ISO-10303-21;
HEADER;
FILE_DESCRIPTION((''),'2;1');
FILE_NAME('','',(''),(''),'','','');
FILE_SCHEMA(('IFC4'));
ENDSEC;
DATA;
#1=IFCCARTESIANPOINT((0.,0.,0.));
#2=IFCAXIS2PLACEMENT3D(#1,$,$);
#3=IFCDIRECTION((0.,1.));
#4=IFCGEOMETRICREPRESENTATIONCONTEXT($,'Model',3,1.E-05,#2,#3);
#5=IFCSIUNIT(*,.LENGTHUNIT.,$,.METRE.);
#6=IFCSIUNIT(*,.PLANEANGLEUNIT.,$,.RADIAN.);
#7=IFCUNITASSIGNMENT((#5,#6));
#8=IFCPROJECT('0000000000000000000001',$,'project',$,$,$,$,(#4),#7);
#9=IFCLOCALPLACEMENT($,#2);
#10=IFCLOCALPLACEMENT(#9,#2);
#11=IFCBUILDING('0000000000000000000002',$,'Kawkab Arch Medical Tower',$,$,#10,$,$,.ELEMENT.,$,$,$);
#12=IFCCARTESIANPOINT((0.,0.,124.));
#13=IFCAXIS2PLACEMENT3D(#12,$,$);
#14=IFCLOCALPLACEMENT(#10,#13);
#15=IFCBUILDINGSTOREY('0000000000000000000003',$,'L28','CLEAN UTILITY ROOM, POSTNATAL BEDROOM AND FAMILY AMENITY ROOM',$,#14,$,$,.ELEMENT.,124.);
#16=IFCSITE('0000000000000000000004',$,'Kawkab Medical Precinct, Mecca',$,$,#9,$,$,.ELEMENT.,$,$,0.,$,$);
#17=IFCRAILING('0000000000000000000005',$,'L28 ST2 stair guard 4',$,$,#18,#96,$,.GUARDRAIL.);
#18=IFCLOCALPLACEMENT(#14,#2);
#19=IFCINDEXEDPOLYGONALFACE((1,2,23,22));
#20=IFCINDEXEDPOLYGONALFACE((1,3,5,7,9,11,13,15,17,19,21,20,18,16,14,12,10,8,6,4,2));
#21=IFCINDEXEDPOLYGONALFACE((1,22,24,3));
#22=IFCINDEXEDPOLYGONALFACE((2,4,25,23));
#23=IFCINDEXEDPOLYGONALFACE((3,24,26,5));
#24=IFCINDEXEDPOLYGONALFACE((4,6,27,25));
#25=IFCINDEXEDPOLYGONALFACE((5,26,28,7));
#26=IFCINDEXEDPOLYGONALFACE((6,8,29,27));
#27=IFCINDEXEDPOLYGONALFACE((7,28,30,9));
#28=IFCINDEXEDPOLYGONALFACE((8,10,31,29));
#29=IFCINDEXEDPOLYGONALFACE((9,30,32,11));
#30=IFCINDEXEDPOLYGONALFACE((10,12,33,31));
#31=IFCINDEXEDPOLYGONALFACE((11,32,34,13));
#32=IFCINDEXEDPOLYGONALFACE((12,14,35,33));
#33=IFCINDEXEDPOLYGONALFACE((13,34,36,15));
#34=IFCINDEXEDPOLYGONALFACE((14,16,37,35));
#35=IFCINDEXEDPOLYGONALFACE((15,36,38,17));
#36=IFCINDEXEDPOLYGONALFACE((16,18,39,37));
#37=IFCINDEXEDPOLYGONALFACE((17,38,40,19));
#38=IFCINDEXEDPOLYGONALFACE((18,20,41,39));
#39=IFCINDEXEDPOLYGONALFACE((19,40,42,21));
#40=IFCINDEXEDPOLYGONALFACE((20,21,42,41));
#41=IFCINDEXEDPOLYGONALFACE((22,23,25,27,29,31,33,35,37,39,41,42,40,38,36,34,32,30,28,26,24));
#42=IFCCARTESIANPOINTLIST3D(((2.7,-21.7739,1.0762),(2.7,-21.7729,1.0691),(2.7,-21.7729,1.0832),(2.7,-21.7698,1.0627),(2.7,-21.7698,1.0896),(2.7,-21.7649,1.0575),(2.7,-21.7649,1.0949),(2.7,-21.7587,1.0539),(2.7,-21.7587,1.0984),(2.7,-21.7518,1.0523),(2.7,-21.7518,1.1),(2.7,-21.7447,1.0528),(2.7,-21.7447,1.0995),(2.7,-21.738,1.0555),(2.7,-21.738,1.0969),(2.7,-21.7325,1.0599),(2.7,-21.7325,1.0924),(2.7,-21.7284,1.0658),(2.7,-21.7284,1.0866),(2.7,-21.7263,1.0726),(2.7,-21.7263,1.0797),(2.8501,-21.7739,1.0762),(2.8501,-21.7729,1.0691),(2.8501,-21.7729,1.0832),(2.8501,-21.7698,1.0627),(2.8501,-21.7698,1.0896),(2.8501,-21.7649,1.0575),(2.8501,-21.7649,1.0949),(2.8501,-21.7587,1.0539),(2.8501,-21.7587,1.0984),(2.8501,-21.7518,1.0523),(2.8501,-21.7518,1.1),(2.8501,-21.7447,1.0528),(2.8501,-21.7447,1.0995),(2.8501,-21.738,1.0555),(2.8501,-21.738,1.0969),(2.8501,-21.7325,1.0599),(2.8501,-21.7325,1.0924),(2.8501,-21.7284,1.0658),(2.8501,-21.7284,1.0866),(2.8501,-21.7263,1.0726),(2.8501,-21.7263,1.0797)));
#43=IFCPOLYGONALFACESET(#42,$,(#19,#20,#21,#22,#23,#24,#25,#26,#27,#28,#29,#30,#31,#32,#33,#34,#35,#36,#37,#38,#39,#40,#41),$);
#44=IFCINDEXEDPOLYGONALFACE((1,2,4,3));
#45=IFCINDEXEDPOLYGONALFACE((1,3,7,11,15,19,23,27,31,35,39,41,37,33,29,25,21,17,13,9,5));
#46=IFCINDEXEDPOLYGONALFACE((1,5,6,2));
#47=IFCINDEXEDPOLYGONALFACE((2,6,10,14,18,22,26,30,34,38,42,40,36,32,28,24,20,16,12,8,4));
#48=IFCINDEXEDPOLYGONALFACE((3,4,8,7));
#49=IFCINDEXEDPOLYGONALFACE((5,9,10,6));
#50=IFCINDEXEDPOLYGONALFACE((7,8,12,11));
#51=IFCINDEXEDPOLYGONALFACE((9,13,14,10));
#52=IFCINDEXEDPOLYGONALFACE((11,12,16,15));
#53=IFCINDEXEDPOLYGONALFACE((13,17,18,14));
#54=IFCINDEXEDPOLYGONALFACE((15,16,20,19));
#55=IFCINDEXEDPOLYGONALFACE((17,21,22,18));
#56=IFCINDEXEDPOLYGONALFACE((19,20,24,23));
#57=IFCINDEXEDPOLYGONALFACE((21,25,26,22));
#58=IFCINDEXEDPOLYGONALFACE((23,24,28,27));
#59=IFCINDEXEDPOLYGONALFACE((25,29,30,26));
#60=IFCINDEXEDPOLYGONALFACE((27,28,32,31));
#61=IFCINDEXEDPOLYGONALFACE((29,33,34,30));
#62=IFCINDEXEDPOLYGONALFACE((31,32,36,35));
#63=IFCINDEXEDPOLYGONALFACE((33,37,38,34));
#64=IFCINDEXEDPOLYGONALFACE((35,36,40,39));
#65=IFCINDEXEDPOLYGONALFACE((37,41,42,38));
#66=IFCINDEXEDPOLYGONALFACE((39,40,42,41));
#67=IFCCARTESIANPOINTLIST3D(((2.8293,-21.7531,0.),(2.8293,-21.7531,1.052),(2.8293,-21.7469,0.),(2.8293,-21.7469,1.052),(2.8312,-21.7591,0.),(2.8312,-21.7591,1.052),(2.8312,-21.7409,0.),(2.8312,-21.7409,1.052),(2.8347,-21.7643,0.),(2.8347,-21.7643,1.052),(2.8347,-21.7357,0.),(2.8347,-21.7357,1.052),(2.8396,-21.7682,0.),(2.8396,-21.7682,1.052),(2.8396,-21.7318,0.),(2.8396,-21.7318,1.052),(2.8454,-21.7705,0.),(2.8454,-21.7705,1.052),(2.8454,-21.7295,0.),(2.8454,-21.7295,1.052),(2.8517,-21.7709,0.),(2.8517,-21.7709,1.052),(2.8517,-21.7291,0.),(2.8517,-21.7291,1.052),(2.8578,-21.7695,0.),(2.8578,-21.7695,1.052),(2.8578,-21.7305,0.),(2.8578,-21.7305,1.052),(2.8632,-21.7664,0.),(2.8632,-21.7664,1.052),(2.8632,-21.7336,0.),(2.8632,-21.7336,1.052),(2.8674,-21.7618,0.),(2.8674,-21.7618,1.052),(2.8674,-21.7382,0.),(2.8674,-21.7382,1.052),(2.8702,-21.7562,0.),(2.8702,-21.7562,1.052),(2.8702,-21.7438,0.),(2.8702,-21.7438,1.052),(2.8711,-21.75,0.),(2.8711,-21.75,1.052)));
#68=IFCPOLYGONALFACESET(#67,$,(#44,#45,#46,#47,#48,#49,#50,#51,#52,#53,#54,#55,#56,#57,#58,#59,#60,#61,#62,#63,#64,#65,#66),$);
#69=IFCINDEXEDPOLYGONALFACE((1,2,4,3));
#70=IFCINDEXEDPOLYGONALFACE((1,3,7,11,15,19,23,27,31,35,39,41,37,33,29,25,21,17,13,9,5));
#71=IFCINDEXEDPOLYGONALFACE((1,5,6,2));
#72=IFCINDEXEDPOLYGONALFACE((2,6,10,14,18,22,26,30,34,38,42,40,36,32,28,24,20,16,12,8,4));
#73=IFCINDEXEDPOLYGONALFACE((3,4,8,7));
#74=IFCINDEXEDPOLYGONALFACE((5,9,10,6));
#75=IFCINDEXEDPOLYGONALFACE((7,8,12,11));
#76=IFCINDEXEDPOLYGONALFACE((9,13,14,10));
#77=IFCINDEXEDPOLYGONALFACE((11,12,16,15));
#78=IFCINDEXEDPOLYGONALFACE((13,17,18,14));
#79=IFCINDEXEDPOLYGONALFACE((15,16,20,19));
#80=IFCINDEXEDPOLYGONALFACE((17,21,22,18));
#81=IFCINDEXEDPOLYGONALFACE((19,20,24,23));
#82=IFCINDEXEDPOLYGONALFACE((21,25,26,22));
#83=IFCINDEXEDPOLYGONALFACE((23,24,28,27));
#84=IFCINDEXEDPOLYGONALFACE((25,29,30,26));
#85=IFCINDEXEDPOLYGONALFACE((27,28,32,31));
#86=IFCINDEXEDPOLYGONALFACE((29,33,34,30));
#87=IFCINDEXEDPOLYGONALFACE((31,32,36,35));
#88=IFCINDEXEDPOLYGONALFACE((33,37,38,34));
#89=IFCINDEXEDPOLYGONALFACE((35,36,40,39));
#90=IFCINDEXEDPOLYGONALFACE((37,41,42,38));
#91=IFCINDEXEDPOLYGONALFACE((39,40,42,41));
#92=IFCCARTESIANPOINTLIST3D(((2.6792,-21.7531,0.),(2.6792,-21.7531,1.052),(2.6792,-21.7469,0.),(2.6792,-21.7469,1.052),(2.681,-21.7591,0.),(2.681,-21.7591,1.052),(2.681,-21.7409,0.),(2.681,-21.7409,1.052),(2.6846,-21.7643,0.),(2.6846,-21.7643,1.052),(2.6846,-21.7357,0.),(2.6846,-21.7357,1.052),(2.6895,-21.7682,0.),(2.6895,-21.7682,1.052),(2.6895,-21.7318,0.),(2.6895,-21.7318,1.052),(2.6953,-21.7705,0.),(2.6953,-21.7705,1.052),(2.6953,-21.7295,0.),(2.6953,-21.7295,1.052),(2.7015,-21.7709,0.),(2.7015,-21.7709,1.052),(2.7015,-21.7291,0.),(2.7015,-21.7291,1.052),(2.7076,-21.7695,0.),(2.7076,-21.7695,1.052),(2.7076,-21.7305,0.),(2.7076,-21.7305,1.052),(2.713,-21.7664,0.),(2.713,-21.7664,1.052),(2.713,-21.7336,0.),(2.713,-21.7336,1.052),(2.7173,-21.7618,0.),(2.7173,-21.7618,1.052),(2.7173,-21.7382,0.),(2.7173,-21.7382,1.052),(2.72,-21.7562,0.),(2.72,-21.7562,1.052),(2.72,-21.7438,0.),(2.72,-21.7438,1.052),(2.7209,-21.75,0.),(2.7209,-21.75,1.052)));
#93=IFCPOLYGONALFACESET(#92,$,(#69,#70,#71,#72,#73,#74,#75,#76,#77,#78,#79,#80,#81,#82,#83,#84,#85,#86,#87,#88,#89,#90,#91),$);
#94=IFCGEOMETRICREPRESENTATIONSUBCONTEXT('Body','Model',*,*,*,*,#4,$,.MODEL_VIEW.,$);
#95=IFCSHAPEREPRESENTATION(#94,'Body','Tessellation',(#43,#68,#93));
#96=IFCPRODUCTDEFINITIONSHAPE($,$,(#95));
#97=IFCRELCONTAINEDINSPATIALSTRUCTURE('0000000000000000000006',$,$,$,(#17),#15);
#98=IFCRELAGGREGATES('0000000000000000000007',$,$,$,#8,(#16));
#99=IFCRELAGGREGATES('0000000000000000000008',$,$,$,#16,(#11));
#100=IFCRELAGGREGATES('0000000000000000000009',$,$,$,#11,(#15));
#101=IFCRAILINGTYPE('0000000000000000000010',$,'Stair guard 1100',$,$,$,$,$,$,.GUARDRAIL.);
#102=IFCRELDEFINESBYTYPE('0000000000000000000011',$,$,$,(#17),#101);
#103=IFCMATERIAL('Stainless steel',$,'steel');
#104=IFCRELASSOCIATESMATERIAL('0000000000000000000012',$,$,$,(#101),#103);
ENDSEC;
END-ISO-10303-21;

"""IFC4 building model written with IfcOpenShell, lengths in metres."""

from ifc_helpers import new_model, si_unit, direction, frame, origin, origin_2d, place, context, subcontext, project, spatial, circle, extrude, material, type_object, element, save


model = new_model("IFC4")

# Units and contexts
model_context = context("Model", 3, precision=1e-05, world=origin(), true_north=direction((0.0, 1.0)))
body_context = subcontext(model_context, "Body", "Model", "MODEL_VIEW")
ifc_project = project(units=[si_unit("LENGTHUNIT", "METRE"), si_unit("PLANEANGLEUNIT", "RADIAN")], contexts=[model_context])

# Site, building, storey
site_placement = place(None, origin())
site = spatial("IfcSite", under=ifc_project, at=site_placement, Name="Kawkab Medical Precinct, Mecca", CompositionType="ELEMENT", RefElevation=0.0)
building_placement = place(site_placement, origin())
building = spatial("IfcBuilding", under=site, at=building_placement, Name="Kawkab Arch Medical Tower", CompositionType="ELEMENT")
storey_placement = place(building_placement, frame((0.0, 0.0, 124.0)))
storey = spatial("IfcBuildingStorey", under=building, at=storey_placement, Name="L28", Description="CLEAN UTILITY ROOM, POSTNATAL BEDROOM AND FAMILY AMENITY ROOM", CompositionType="ELEMENT", Elevation=124.0)

# Railing
ifc_material_1 = material(Name="Stainless steel", Category="steel")
railing_type = type_object("IfcRailingType", Name="Stair guard 1100", PredefinedType="GUARDRAIL", material=ifc_material_1)
railing_1_placement = place(storey_placement, frame((2.8501, -21.75, 0.0)))
element("IfcRailing", 1, at=railing_1_placement, inside=storey, type_object=railing_type, Name="L28 ST2 stair guard 4", PredefinedType="GUARDRAIL", context=body_context, shape_type="SweptSolid", body=[
    extrude(circle(Radius=0.0239, at=origin_2d()), frame((0.0, 0.0, 1.0762), z_axis=(-1.0, 0.0, 0.0), x_axis=(0.0, -1.0, 0.0)), (0.0, 0.0, 1.0), 0.1501),
    extrude(circle(Radius=0.021, at=origin_2d()), origin(), (0.0, 0.0, 1.0), 1.052),
    extrude(circle(Radius=0.021, at=origin_2d()), frame((-0.1501, 0.0, 0.0)), (0.0, 0.0, 1.0), 1.052),
])

save(model, "model.ifc")
